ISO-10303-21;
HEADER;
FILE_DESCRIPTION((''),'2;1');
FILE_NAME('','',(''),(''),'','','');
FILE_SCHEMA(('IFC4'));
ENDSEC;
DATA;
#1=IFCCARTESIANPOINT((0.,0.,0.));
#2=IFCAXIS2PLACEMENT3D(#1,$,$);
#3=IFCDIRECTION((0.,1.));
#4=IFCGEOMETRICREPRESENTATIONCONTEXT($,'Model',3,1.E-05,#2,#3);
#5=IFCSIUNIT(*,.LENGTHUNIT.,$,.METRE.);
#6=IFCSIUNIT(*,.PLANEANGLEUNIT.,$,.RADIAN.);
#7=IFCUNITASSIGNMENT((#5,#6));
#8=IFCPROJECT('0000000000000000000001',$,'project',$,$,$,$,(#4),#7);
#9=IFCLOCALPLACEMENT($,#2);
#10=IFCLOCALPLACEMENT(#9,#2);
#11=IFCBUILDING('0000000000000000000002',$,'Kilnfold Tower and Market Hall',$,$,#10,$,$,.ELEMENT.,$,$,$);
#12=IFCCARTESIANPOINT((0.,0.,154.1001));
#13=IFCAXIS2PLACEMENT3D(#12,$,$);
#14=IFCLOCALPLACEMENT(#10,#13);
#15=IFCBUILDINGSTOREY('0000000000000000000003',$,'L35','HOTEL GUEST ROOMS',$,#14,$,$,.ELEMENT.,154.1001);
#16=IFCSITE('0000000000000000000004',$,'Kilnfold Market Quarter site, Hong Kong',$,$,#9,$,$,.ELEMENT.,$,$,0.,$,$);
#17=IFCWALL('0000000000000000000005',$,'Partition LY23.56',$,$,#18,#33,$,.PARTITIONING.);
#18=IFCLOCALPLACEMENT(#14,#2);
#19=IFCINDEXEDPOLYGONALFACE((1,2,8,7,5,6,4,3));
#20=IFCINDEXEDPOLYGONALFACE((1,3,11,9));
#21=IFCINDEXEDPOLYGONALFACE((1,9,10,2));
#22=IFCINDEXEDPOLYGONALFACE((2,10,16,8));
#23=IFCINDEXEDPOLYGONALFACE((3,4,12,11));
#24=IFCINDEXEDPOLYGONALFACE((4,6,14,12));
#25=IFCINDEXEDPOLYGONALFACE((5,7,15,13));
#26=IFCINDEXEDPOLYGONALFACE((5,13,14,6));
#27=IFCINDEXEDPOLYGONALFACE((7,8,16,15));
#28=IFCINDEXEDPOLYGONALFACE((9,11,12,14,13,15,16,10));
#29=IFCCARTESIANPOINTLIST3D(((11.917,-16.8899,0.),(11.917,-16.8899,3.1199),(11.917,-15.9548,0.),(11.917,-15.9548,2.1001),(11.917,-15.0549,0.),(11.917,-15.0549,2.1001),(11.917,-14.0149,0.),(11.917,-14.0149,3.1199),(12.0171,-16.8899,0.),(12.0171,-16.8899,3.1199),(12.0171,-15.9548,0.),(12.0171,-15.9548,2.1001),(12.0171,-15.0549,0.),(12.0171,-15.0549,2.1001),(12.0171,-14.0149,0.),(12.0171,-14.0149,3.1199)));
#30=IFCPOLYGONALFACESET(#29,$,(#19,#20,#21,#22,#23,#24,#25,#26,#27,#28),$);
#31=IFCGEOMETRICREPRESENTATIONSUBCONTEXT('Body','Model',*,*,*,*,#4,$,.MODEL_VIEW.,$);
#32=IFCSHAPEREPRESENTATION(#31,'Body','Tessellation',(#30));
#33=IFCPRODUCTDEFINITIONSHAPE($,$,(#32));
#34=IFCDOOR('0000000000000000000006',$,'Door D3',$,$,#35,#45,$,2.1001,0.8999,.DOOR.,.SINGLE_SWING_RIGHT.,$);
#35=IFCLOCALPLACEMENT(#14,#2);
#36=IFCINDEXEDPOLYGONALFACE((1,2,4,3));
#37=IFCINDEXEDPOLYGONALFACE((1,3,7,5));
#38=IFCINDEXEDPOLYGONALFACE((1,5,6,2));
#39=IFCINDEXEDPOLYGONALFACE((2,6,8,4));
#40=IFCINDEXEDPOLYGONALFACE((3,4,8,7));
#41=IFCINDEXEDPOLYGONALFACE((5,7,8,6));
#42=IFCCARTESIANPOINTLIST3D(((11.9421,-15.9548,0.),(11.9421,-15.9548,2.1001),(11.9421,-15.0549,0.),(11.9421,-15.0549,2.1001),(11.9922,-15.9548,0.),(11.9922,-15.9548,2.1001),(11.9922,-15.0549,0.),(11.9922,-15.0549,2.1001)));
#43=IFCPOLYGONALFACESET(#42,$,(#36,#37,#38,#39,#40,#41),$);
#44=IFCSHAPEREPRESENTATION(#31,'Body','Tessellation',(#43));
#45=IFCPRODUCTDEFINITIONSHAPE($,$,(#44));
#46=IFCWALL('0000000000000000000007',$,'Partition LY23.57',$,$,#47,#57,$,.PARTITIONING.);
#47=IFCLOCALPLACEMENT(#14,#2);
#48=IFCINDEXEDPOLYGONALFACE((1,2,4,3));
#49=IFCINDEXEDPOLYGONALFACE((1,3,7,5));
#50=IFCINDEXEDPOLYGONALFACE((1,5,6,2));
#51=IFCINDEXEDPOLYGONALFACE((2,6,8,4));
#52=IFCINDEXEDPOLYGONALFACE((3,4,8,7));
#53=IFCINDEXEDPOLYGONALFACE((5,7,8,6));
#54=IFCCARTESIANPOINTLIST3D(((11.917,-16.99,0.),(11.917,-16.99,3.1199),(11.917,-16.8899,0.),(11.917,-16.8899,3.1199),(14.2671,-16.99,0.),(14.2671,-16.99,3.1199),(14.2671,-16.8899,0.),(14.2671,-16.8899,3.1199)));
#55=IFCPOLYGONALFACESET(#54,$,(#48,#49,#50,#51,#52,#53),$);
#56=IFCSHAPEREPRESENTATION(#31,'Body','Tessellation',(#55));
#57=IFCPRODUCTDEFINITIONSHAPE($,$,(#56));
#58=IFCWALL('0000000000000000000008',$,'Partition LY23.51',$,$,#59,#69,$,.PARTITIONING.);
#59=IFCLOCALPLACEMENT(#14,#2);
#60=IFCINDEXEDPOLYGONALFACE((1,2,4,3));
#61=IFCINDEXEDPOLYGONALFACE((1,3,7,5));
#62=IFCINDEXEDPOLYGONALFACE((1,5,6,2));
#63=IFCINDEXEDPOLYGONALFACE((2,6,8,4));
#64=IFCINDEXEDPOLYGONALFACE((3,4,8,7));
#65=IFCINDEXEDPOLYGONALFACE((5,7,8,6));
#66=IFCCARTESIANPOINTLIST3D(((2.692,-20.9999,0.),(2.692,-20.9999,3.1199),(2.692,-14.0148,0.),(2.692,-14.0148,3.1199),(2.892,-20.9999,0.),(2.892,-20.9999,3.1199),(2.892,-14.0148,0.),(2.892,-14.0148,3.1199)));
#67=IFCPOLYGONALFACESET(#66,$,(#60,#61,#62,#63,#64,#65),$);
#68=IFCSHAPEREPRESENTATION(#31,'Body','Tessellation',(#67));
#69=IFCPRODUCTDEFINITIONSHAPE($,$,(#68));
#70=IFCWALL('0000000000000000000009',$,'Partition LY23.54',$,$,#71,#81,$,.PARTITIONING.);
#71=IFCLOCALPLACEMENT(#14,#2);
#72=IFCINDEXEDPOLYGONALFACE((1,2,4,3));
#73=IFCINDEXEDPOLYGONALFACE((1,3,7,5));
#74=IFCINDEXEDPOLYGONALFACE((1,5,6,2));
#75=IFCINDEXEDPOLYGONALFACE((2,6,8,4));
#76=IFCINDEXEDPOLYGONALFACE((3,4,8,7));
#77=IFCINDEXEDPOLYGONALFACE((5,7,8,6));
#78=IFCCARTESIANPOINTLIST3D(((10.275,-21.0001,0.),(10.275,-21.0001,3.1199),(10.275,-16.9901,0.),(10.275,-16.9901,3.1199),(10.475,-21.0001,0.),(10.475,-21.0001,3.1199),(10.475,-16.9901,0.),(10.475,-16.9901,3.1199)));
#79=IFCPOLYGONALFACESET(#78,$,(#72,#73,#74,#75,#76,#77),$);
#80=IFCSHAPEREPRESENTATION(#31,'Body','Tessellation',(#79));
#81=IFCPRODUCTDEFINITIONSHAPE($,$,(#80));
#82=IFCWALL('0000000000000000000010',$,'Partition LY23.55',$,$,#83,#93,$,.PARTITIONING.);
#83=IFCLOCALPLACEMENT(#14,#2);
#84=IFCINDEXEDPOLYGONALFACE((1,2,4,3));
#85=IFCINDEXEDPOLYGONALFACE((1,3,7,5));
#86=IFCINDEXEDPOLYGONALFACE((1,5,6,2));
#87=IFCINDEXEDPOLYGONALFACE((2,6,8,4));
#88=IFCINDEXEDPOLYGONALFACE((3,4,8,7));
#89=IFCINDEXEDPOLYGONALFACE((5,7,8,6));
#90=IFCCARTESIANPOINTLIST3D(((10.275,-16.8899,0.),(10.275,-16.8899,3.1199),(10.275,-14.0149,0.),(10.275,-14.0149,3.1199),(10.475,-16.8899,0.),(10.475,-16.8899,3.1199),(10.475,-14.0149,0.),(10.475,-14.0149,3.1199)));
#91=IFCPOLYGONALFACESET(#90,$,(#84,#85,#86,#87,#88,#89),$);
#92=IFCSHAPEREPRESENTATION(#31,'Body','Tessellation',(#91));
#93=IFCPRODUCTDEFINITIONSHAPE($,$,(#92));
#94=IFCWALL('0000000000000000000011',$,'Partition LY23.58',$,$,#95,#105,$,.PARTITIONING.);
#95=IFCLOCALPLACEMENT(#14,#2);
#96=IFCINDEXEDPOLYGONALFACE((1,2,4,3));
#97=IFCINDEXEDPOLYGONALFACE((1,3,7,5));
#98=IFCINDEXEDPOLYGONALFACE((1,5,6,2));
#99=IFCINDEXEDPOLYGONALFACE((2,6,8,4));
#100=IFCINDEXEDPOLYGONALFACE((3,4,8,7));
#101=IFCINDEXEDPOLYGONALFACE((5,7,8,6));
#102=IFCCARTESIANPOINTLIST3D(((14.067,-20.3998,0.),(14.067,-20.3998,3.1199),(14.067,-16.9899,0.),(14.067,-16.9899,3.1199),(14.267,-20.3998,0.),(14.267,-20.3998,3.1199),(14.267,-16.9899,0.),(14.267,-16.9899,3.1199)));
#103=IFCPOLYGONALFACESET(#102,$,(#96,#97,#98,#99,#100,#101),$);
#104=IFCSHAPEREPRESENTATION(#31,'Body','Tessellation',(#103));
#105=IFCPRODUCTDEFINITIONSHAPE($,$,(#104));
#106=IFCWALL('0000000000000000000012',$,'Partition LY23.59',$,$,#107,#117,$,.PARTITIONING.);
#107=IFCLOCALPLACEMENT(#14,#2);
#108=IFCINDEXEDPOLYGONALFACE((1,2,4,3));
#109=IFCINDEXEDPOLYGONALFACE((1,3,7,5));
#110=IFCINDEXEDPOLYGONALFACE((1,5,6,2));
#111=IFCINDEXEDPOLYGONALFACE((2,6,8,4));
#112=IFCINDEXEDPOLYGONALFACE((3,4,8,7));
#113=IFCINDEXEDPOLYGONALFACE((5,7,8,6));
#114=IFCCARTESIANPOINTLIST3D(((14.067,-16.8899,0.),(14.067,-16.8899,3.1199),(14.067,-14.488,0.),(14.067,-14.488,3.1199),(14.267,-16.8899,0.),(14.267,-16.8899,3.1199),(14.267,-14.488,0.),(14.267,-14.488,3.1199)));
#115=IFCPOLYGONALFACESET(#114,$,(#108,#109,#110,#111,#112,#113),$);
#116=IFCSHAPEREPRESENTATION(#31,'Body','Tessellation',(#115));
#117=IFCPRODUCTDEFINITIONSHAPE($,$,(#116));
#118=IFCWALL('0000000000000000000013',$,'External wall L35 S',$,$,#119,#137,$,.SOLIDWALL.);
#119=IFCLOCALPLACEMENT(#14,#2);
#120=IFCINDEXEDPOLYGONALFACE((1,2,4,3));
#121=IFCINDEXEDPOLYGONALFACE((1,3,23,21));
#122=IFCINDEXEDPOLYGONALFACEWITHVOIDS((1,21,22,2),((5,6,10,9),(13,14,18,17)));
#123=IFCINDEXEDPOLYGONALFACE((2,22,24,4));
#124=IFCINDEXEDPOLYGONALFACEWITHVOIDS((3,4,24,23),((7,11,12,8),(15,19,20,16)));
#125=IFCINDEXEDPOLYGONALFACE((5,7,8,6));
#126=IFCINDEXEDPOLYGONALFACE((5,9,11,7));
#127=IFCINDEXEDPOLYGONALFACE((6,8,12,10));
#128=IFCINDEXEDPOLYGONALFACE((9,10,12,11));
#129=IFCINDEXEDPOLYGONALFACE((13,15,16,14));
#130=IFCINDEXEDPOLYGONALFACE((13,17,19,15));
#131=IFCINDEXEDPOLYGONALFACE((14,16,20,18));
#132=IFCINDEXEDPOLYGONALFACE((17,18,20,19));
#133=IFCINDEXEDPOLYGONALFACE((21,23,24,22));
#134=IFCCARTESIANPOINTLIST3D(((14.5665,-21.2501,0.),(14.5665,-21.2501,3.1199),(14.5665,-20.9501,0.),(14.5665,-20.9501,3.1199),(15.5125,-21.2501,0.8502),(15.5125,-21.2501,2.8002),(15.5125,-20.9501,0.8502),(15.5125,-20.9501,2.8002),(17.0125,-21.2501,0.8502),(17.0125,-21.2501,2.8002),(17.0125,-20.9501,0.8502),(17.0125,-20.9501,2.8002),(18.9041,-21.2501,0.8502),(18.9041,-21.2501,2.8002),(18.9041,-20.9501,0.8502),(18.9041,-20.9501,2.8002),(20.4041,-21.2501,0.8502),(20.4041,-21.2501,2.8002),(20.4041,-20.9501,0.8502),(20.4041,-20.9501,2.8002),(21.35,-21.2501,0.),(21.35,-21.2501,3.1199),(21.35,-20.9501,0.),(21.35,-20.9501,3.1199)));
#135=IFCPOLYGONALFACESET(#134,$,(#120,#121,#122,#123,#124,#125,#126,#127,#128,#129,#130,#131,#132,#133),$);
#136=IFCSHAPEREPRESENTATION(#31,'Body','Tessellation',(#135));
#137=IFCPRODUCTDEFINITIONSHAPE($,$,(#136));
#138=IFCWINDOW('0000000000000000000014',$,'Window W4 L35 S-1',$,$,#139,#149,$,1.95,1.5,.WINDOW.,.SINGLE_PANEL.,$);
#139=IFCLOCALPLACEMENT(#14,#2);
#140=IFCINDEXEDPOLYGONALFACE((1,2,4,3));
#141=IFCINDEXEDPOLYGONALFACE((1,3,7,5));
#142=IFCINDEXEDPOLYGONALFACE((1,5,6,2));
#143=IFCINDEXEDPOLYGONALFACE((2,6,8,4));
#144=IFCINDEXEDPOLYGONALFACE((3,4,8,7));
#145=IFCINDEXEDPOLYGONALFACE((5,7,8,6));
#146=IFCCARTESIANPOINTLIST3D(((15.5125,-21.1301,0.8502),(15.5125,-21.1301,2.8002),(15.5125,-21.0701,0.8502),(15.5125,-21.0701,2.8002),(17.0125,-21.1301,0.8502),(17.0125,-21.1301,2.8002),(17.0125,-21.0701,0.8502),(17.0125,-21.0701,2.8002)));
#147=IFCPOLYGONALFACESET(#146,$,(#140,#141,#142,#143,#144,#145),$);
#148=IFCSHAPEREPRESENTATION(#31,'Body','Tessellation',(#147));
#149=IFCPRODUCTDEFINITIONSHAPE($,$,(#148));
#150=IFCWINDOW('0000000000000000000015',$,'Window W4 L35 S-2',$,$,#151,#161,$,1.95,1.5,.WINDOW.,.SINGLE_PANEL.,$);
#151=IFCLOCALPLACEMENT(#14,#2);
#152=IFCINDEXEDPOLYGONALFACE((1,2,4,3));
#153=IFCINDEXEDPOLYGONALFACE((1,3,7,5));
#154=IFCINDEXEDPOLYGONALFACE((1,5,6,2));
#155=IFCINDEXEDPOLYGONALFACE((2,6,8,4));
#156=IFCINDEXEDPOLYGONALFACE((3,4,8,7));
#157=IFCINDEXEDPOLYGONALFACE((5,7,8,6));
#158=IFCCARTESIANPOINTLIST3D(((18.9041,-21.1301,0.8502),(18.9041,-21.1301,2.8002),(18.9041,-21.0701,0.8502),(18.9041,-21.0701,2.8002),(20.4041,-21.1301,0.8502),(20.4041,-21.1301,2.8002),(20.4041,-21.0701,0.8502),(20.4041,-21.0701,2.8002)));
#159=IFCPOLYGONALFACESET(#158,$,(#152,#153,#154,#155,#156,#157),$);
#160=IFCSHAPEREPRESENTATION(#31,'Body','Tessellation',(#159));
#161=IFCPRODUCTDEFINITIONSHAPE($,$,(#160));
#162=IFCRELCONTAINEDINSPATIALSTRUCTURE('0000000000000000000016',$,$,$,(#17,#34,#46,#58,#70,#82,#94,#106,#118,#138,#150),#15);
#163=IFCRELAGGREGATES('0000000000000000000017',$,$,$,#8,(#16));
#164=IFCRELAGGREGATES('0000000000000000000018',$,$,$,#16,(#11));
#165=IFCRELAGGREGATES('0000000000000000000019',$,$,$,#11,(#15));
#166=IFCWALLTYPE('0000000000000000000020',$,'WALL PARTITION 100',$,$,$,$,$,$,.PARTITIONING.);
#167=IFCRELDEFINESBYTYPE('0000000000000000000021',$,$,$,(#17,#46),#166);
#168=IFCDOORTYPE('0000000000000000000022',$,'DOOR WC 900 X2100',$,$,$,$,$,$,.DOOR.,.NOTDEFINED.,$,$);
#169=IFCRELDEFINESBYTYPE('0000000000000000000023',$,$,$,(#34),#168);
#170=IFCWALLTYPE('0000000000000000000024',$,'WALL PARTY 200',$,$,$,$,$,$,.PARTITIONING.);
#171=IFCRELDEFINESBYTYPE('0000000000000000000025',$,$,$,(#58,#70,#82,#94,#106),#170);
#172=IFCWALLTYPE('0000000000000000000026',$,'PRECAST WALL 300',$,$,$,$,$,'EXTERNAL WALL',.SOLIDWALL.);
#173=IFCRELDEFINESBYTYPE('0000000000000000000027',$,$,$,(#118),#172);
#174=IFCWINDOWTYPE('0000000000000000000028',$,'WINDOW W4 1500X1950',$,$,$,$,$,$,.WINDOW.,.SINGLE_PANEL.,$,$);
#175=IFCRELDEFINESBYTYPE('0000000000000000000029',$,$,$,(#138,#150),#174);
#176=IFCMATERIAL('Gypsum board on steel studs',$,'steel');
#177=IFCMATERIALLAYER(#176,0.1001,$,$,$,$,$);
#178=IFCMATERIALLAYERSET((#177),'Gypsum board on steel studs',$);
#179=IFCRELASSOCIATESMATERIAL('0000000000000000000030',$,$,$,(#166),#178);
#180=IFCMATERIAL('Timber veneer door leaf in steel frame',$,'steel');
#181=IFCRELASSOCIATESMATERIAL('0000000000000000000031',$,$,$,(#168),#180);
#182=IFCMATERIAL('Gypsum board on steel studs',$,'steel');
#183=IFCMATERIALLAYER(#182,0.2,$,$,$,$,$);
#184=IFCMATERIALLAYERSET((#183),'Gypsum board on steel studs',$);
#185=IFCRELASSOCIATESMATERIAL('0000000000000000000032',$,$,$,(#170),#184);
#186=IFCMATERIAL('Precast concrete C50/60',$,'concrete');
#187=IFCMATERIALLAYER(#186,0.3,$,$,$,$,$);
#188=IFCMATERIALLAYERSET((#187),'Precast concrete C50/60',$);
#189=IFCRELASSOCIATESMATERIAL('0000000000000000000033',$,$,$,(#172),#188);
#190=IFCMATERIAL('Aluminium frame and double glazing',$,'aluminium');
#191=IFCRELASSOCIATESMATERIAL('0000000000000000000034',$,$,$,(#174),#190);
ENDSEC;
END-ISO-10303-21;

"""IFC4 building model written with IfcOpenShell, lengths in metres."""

from ifc_helpers import new_model, si_unit, direction, frame, frame_2d, origin, place, context, subcontext, project, spatial, rectangle, extrude, source, transform, mapped, material, layer, layer_set, type_object, element, fill, save


model = new_model("IFC4")

# Units and contexts
model_context = context("Model", 3, precision=1e-05, world=origin(), true_north=direction((0.0, 1.0)))
body_context = subcontext(model_context, "Body", "Model", "MODEL_VIEW")
ifc_project = project(units=[si_unit("LENGTHUNIT", "METRE"), si_unit("PLANEANGLEUNIT", "RADIAN")], contexts=[model_context])

# Site, building, storey
site_placement = place(None, origin())
site = spatial("IfcSite", under=ifc_project, at=site_placement, Name="Kilnfold Market Quarter site, Hong Kong", CompositionType="ELEMENT", RefElevation=0.0)
building_placement = place(site_placement, origin())
building = spatial("IfcBuilding", under=site, at=building_placement, Name="Kilnfold Tower and Market Hall", CompositionType="ELEMENT")
storey_placement = place(building_placement, frame((0.0, 0.0, 154.1001)))
storey = spatial("IfcBuildingStorey", under=building, at=storey_placement, Name="L35", Description="HOTEL GUEST ROOMS", CompositionType="ELEMENT", Elevation=154.1001)

# Shared definitions
ifc_material_1 = material(Name="Gypsum board on steel studs", Category="steel")
ifc_layer_1 = layer(ifc_material_1, 0.1001)
ifc_layer_set_1 = layer_set([ifc_layer_1], Name="Gypsum board on steel studs")
wall_type_1 = type_object("IfcWallType", Name="WALL PARTITION 100", PredefinedType="PARTITIONING", material=ifc_layer_set_1)
ifc_material_2 = material(Name="Timber veneer door leaf in steel frame", Category="steel")
door_type_1 = type_object("IfcDoorType", Name="DOOR WC 900 X2100", OperationType="NOTDEFINED", PredefinedType="DOOR", material=ifc_material_2)

# Wall, opening, door
wall_1_placement = place(storey_placement, frame((11.967, -16.8899, 0.0), z_axis=(0.0, 0.0, 1.0), x_axis=(0.0, 1.0, 0.0)))
wall_1 = element("IfcWall", 1, at=wall_1_placement, inside=storey, type_object=wall_type_1, Name="Partition LY23.56", PredefinedType="PARTITIONING", context=body_context, shape_type="SweptSolid", body=[
    extrude(rectangle(XDim=2.875, YDim=0.1001, at=frame_2d((1.4375, 0.0))), origin(), (0.0, 0.0, 1.0), 3.1199),
])
opening_1_placement = place(wall_1_placement, frame((0.9351, 0.0, 0.0)))
opening_1 = element("IfcOpeningElement", 2, at=opening_1_placement, cuts=wall_1, PredefinedType="OPENING", context=body_context, shape_type="SweptSolid", body=[
    extrude(rectangle(XDim=0.8999, YDim=2.1001, at=frame_2d((0.45, 1.05))), frame((0.0, 0.0601, 0.0), z_axis=(0.0, -1.0, 0.0), x_axis=(1.0, 0.0, 0.0)), (0.0, 0.0, 1.0), 0.1201),
])
door_1_placement = place(opening_1_placement, origin())
door_1 = element("IfcDoor", 3, at=door_1_placement, inside=storey, type_object=door_type_1, Name="Door D3", OperationType="SINGLE_SWING_RIGHT", OverallHeight=2.1001, OverallWidth=0.8999, PredefinedType="DOOR", context=body_context, shape_type="SweptSolid", body=[
    extrude(rectangle(XDim=0.8999, YDim=2.1001, at=frame_2d((0.45, 1.05))), frame((0.0, 0.0249, 0.0), z_axis=(0.0, -1.0, 0.0), x_axis=(1.0, 0.0, 0.0)), (0.0, 0.0, 1.0), 0.05),
])
fill(opening_1, door_1)

# Walls
wall_2_placement = place(storey_placement, frame((11.917, -16.9399, 0.0), z_axis=(0.0, 0.0, 1.0), x_axis=(1.0, 0.0, 0.0)))
element("IfcWall", 4, at=wall_2_placement, inside=storey, type_object=wall_type_1, Name="Partition LY23.57", PredefinedType="PARTITIONING", context=body_context, shape_type="SweptSolid", body=[
    extrude(rectangle(XDim=2.3501, YDim=0.1001, at=frame_2d((1.175, 0.0))), origin(), (0.0, 0.0, 1.0), 3.1199),
])
ifc_material_3 = material(Name="Gypsum board on steel studs", Category="steel")
ifc_layer_2 = layer(ifc_material_3, 0.2)
ifc_layer_set_2 = layer_set([ifc_layer_2], Name="Gypsum board on steel studs")
wall_type_2 = type_object("IfcWallType", Name="WALL PARTY 200", PredefinedType="PARTITIONING", material=ifc_layer_set_2)
wall_3_placement = place(storey_placement, frame((2.792, -21.0, 0.0), z_axis=(0.0, 0.0, 1.0), x_axis=(0.0, 1.0, 0.0)))
element("IfcWall", 5, at=wall_3_placement, inside=storey, type_object=wall_type_2, Name="Partition LY23.51", PredefinedType="PARTITIONING", context=body_context, shape_type="SweptSolid", body=[
    extrude(rectangle(XDim=6.9851, YDim=0.2, at=frame_2d((3.4927, 0.0))), origin(), (0.0, 0.0, 1.0), 3.1199),
])
wall_4_placement = place(storey_placement, frame((10.375, -21.0, 0.0), z_axis=(0.0, 0.0, 1.0), x_axis=(0.0, 1.0, 0.0)))
element("IfcWall", 6, at=wall_4_placement, inside=storey, type_object=wall_type_2, Name="Partition LY23.54", PredefinedType="PARTITIONING", context=body_context, shape_type="SweptSolid", body=[
    extrude(rectangle(XDim=4.01, YDim=0.2, at=frame_2d((2.0049, 0.0))), origin(), (0.0, 0.0, 1.0), 3.1199),
])
wall_5_placement = place(storey_placement, frame((10.375, -16.8899, 0.0), z_axis=(0.0, 0.0, 1.0), x_axis=(0.0, 1.0, 0.0)))
element("IfcWall", 7, at=wall_5_placement, inside=storey, type_object=wall_type_2, Name="Partition LY23.55", PredefinedType="PARTITIONING", context=body_context, shape_type="SweptSolid", body=[
    extrude(rectangle(XDim=2.875, YDim=0.2, at=frame_2d((1.4375, 0.0))), origin(), (0.0, 0.0, 1.0), 3.1199),
])
wall_6_placement = place(storey_placement, frame((14.167, -20.3999, 0.0), z_axis=(0.0, 0.0, 1.0), x_axis=(0.0, 1.0, 0.0)))
element("IfcWall", 8, at=wall_6_placement, inside=storey, type_object=wall_type_2, Name="Partition LY23.58", PredefinedType="PARTITIONING", context=body_context, shape_type="SweptSolid", body=[
    extrude(rectangle(XDim=3.4099, YDim=0.2, at=frame_2d((1.7051, 0.0))), origin(), (0.0, 0.0, 1.0), 3.1199),
])
wall_7_placement = place(storey_placement, frame((14.167, -16.8899, 0.0), z_axis=(0.0, 0.0, 1.0), x_axis=(0.0, 1.0, 0.0)))
element("IfcWall", 9, at=wall_7_placement, inside=storey, type_object=wall_type_2, Name="Partition LY23.59", PredefinedType="PARTITIONING", context=body_context, shape_type="SweptSolid", body=[
    extrude(rectangle(XDim=2.4019, YDim=0.2, at=frame_2d((1.2009, 0.0))), origin(), (0.0, 0.0, 1.0), 3.1199),
])

# Wall, openings, windows
ifc_material_4 = material(Name="Precast concrete C50/60", Category="concrete")
ifc_layer_3 = layer(ifc_material_4, 0.3)
ifc_layer_set_3 = layer_set([ifc_layer_3], Name="Precast concrete C50/60")
wall_type_3 = type_object("IfcWallType", Name="PRECAST WALL 300", ElementType="EXTERNAL WALL", PredefinedType="SOLIDWALL", material=ifc_layer_set_3)
shared_shape_1 = source(origin(), body_context, "Body", "SweptSolid", [
    extrude(rectangle(XDim=6.7834, YDim=0.3, at=frame_2d((3.3916, 0.0))), origin(), (0.0, 0.0, 1.0), 3.1199),
])
wall_8_placement = place(storey_placement, frame((14.5667, -21.1001, 0.0), z_axis=(0.0, 0.0, 1.0), x_axis=(1.0, 0.0, 0.0)))
wall_8 = element("IfcWall", 10, at=wall_8_placement, inside=storey, type_object=wall_type_3, Name="External wall L35 S", PredefinedType="SOLIDWALL", context=body_context, shape_type="MappedRepresentation", body=[
    mapped(shared_shape_1, transform((0.0, 0.0, 0.0))),
])
opening_2_placement = place(wall_8_placement, frame((0.9458, 0.0, 0.8501)))
opening_2 = element("IfcOpeningElement", 11, at=opening_2_placement, cuts=wall_8, PredefinedType="OPENING", context=body_context, shape_type="SweptSolid", body=[
    extrude(rectangle(XDim=1.5, YDim=1.95, at=frame_2d((0.75, 0.9751))), frame((0.0, 0.1602, 0.0), z_axis=(0.0, -1.0, 0.0), x_axis=(1.0, 0.0, 0.0)), (0.0, 0.0, 1.0), 0.3201),
])
opening_3_placement = place(wall_8_placement, frame((4.3374, 0.0, 0.8501)))
opening_3 = element("IfcOpeningElement", 12, at=opening_3_placement, cuts=wall_8, PredefinedType="OPENING", context=body_context, shape_type="SweptSolid", body=[
    extrude(rectangle(XDim=1.5, YDim=1.95, at=frame_2d((0.75, 0.9751))), frame((0.0, 0.1602, 0.0), z_axis=(0.0, -1.0, 0.0), x_axis=(1.0, 0.0, 0.0)), (0.0, 0.0, 1.0), 0.3201),
])
ifc_material_5 = material(Name="Aluminium frame and double glazing", Category="aluminium")
window_type = type_object("IfcWindowType", Name="WINDOW W4 1500X1950", PartitioningType="SINGLE_PANEL", PredefinedType="WINDOW", material=ifc_material_5)
window_1_placement = place(opening_2_placement, origin())
window_1 = element("IfcWindow", 13, at=window_1_placement, inside=storey, type_object=window_type, Name="Window W4 L35 S-1", OverallHeight=1.95, OverallWidth=1.5, PartitioningType="SINGLE_PANEL", PredefinedType="WINDOW", context=body_context, shape_type="SweptSolid", body=[
    extrude(rectangle(XDim=1.5, YDim=1.95, at=frame_2d((0.75, 0.9751))), frame((0.0, 0.03, 0.0), z_axis=(0.0, -1.0, 0.0), x_axis=(1.0, 0.0, 0.0)), (0.0, 0.0, 1.0), 0.0601),
])
fill(opening_2, window_1)
window_2_placement = place(opening_3_placement, origin())
window_2 = element("IfcWindow", 14, at=window_2_placement, inside=storey, type_object=window_type, Name="Window W4 L35 S-2", OverallHeight=1.95, OverallWidth=1.5, PartitioningType="SINGLE_PANEL", PredefinedType="WINDOW", context=body_context, shape_type="SweptSolid", body=[
    extrude(rectangle(XDim=1.5, YDim=1.95, at=frame_2d((0.75, 0.9751))), frame((0.0, 0.03, 0.0), z_axis=(0.0, -1.0, 0.0), x_axis=(1.0, 0.0, 0.0)), (0.0, 0.0, 1.0), 0.0601),
])
fill(opening_3, window_2)

save(model, "model.ifc")
